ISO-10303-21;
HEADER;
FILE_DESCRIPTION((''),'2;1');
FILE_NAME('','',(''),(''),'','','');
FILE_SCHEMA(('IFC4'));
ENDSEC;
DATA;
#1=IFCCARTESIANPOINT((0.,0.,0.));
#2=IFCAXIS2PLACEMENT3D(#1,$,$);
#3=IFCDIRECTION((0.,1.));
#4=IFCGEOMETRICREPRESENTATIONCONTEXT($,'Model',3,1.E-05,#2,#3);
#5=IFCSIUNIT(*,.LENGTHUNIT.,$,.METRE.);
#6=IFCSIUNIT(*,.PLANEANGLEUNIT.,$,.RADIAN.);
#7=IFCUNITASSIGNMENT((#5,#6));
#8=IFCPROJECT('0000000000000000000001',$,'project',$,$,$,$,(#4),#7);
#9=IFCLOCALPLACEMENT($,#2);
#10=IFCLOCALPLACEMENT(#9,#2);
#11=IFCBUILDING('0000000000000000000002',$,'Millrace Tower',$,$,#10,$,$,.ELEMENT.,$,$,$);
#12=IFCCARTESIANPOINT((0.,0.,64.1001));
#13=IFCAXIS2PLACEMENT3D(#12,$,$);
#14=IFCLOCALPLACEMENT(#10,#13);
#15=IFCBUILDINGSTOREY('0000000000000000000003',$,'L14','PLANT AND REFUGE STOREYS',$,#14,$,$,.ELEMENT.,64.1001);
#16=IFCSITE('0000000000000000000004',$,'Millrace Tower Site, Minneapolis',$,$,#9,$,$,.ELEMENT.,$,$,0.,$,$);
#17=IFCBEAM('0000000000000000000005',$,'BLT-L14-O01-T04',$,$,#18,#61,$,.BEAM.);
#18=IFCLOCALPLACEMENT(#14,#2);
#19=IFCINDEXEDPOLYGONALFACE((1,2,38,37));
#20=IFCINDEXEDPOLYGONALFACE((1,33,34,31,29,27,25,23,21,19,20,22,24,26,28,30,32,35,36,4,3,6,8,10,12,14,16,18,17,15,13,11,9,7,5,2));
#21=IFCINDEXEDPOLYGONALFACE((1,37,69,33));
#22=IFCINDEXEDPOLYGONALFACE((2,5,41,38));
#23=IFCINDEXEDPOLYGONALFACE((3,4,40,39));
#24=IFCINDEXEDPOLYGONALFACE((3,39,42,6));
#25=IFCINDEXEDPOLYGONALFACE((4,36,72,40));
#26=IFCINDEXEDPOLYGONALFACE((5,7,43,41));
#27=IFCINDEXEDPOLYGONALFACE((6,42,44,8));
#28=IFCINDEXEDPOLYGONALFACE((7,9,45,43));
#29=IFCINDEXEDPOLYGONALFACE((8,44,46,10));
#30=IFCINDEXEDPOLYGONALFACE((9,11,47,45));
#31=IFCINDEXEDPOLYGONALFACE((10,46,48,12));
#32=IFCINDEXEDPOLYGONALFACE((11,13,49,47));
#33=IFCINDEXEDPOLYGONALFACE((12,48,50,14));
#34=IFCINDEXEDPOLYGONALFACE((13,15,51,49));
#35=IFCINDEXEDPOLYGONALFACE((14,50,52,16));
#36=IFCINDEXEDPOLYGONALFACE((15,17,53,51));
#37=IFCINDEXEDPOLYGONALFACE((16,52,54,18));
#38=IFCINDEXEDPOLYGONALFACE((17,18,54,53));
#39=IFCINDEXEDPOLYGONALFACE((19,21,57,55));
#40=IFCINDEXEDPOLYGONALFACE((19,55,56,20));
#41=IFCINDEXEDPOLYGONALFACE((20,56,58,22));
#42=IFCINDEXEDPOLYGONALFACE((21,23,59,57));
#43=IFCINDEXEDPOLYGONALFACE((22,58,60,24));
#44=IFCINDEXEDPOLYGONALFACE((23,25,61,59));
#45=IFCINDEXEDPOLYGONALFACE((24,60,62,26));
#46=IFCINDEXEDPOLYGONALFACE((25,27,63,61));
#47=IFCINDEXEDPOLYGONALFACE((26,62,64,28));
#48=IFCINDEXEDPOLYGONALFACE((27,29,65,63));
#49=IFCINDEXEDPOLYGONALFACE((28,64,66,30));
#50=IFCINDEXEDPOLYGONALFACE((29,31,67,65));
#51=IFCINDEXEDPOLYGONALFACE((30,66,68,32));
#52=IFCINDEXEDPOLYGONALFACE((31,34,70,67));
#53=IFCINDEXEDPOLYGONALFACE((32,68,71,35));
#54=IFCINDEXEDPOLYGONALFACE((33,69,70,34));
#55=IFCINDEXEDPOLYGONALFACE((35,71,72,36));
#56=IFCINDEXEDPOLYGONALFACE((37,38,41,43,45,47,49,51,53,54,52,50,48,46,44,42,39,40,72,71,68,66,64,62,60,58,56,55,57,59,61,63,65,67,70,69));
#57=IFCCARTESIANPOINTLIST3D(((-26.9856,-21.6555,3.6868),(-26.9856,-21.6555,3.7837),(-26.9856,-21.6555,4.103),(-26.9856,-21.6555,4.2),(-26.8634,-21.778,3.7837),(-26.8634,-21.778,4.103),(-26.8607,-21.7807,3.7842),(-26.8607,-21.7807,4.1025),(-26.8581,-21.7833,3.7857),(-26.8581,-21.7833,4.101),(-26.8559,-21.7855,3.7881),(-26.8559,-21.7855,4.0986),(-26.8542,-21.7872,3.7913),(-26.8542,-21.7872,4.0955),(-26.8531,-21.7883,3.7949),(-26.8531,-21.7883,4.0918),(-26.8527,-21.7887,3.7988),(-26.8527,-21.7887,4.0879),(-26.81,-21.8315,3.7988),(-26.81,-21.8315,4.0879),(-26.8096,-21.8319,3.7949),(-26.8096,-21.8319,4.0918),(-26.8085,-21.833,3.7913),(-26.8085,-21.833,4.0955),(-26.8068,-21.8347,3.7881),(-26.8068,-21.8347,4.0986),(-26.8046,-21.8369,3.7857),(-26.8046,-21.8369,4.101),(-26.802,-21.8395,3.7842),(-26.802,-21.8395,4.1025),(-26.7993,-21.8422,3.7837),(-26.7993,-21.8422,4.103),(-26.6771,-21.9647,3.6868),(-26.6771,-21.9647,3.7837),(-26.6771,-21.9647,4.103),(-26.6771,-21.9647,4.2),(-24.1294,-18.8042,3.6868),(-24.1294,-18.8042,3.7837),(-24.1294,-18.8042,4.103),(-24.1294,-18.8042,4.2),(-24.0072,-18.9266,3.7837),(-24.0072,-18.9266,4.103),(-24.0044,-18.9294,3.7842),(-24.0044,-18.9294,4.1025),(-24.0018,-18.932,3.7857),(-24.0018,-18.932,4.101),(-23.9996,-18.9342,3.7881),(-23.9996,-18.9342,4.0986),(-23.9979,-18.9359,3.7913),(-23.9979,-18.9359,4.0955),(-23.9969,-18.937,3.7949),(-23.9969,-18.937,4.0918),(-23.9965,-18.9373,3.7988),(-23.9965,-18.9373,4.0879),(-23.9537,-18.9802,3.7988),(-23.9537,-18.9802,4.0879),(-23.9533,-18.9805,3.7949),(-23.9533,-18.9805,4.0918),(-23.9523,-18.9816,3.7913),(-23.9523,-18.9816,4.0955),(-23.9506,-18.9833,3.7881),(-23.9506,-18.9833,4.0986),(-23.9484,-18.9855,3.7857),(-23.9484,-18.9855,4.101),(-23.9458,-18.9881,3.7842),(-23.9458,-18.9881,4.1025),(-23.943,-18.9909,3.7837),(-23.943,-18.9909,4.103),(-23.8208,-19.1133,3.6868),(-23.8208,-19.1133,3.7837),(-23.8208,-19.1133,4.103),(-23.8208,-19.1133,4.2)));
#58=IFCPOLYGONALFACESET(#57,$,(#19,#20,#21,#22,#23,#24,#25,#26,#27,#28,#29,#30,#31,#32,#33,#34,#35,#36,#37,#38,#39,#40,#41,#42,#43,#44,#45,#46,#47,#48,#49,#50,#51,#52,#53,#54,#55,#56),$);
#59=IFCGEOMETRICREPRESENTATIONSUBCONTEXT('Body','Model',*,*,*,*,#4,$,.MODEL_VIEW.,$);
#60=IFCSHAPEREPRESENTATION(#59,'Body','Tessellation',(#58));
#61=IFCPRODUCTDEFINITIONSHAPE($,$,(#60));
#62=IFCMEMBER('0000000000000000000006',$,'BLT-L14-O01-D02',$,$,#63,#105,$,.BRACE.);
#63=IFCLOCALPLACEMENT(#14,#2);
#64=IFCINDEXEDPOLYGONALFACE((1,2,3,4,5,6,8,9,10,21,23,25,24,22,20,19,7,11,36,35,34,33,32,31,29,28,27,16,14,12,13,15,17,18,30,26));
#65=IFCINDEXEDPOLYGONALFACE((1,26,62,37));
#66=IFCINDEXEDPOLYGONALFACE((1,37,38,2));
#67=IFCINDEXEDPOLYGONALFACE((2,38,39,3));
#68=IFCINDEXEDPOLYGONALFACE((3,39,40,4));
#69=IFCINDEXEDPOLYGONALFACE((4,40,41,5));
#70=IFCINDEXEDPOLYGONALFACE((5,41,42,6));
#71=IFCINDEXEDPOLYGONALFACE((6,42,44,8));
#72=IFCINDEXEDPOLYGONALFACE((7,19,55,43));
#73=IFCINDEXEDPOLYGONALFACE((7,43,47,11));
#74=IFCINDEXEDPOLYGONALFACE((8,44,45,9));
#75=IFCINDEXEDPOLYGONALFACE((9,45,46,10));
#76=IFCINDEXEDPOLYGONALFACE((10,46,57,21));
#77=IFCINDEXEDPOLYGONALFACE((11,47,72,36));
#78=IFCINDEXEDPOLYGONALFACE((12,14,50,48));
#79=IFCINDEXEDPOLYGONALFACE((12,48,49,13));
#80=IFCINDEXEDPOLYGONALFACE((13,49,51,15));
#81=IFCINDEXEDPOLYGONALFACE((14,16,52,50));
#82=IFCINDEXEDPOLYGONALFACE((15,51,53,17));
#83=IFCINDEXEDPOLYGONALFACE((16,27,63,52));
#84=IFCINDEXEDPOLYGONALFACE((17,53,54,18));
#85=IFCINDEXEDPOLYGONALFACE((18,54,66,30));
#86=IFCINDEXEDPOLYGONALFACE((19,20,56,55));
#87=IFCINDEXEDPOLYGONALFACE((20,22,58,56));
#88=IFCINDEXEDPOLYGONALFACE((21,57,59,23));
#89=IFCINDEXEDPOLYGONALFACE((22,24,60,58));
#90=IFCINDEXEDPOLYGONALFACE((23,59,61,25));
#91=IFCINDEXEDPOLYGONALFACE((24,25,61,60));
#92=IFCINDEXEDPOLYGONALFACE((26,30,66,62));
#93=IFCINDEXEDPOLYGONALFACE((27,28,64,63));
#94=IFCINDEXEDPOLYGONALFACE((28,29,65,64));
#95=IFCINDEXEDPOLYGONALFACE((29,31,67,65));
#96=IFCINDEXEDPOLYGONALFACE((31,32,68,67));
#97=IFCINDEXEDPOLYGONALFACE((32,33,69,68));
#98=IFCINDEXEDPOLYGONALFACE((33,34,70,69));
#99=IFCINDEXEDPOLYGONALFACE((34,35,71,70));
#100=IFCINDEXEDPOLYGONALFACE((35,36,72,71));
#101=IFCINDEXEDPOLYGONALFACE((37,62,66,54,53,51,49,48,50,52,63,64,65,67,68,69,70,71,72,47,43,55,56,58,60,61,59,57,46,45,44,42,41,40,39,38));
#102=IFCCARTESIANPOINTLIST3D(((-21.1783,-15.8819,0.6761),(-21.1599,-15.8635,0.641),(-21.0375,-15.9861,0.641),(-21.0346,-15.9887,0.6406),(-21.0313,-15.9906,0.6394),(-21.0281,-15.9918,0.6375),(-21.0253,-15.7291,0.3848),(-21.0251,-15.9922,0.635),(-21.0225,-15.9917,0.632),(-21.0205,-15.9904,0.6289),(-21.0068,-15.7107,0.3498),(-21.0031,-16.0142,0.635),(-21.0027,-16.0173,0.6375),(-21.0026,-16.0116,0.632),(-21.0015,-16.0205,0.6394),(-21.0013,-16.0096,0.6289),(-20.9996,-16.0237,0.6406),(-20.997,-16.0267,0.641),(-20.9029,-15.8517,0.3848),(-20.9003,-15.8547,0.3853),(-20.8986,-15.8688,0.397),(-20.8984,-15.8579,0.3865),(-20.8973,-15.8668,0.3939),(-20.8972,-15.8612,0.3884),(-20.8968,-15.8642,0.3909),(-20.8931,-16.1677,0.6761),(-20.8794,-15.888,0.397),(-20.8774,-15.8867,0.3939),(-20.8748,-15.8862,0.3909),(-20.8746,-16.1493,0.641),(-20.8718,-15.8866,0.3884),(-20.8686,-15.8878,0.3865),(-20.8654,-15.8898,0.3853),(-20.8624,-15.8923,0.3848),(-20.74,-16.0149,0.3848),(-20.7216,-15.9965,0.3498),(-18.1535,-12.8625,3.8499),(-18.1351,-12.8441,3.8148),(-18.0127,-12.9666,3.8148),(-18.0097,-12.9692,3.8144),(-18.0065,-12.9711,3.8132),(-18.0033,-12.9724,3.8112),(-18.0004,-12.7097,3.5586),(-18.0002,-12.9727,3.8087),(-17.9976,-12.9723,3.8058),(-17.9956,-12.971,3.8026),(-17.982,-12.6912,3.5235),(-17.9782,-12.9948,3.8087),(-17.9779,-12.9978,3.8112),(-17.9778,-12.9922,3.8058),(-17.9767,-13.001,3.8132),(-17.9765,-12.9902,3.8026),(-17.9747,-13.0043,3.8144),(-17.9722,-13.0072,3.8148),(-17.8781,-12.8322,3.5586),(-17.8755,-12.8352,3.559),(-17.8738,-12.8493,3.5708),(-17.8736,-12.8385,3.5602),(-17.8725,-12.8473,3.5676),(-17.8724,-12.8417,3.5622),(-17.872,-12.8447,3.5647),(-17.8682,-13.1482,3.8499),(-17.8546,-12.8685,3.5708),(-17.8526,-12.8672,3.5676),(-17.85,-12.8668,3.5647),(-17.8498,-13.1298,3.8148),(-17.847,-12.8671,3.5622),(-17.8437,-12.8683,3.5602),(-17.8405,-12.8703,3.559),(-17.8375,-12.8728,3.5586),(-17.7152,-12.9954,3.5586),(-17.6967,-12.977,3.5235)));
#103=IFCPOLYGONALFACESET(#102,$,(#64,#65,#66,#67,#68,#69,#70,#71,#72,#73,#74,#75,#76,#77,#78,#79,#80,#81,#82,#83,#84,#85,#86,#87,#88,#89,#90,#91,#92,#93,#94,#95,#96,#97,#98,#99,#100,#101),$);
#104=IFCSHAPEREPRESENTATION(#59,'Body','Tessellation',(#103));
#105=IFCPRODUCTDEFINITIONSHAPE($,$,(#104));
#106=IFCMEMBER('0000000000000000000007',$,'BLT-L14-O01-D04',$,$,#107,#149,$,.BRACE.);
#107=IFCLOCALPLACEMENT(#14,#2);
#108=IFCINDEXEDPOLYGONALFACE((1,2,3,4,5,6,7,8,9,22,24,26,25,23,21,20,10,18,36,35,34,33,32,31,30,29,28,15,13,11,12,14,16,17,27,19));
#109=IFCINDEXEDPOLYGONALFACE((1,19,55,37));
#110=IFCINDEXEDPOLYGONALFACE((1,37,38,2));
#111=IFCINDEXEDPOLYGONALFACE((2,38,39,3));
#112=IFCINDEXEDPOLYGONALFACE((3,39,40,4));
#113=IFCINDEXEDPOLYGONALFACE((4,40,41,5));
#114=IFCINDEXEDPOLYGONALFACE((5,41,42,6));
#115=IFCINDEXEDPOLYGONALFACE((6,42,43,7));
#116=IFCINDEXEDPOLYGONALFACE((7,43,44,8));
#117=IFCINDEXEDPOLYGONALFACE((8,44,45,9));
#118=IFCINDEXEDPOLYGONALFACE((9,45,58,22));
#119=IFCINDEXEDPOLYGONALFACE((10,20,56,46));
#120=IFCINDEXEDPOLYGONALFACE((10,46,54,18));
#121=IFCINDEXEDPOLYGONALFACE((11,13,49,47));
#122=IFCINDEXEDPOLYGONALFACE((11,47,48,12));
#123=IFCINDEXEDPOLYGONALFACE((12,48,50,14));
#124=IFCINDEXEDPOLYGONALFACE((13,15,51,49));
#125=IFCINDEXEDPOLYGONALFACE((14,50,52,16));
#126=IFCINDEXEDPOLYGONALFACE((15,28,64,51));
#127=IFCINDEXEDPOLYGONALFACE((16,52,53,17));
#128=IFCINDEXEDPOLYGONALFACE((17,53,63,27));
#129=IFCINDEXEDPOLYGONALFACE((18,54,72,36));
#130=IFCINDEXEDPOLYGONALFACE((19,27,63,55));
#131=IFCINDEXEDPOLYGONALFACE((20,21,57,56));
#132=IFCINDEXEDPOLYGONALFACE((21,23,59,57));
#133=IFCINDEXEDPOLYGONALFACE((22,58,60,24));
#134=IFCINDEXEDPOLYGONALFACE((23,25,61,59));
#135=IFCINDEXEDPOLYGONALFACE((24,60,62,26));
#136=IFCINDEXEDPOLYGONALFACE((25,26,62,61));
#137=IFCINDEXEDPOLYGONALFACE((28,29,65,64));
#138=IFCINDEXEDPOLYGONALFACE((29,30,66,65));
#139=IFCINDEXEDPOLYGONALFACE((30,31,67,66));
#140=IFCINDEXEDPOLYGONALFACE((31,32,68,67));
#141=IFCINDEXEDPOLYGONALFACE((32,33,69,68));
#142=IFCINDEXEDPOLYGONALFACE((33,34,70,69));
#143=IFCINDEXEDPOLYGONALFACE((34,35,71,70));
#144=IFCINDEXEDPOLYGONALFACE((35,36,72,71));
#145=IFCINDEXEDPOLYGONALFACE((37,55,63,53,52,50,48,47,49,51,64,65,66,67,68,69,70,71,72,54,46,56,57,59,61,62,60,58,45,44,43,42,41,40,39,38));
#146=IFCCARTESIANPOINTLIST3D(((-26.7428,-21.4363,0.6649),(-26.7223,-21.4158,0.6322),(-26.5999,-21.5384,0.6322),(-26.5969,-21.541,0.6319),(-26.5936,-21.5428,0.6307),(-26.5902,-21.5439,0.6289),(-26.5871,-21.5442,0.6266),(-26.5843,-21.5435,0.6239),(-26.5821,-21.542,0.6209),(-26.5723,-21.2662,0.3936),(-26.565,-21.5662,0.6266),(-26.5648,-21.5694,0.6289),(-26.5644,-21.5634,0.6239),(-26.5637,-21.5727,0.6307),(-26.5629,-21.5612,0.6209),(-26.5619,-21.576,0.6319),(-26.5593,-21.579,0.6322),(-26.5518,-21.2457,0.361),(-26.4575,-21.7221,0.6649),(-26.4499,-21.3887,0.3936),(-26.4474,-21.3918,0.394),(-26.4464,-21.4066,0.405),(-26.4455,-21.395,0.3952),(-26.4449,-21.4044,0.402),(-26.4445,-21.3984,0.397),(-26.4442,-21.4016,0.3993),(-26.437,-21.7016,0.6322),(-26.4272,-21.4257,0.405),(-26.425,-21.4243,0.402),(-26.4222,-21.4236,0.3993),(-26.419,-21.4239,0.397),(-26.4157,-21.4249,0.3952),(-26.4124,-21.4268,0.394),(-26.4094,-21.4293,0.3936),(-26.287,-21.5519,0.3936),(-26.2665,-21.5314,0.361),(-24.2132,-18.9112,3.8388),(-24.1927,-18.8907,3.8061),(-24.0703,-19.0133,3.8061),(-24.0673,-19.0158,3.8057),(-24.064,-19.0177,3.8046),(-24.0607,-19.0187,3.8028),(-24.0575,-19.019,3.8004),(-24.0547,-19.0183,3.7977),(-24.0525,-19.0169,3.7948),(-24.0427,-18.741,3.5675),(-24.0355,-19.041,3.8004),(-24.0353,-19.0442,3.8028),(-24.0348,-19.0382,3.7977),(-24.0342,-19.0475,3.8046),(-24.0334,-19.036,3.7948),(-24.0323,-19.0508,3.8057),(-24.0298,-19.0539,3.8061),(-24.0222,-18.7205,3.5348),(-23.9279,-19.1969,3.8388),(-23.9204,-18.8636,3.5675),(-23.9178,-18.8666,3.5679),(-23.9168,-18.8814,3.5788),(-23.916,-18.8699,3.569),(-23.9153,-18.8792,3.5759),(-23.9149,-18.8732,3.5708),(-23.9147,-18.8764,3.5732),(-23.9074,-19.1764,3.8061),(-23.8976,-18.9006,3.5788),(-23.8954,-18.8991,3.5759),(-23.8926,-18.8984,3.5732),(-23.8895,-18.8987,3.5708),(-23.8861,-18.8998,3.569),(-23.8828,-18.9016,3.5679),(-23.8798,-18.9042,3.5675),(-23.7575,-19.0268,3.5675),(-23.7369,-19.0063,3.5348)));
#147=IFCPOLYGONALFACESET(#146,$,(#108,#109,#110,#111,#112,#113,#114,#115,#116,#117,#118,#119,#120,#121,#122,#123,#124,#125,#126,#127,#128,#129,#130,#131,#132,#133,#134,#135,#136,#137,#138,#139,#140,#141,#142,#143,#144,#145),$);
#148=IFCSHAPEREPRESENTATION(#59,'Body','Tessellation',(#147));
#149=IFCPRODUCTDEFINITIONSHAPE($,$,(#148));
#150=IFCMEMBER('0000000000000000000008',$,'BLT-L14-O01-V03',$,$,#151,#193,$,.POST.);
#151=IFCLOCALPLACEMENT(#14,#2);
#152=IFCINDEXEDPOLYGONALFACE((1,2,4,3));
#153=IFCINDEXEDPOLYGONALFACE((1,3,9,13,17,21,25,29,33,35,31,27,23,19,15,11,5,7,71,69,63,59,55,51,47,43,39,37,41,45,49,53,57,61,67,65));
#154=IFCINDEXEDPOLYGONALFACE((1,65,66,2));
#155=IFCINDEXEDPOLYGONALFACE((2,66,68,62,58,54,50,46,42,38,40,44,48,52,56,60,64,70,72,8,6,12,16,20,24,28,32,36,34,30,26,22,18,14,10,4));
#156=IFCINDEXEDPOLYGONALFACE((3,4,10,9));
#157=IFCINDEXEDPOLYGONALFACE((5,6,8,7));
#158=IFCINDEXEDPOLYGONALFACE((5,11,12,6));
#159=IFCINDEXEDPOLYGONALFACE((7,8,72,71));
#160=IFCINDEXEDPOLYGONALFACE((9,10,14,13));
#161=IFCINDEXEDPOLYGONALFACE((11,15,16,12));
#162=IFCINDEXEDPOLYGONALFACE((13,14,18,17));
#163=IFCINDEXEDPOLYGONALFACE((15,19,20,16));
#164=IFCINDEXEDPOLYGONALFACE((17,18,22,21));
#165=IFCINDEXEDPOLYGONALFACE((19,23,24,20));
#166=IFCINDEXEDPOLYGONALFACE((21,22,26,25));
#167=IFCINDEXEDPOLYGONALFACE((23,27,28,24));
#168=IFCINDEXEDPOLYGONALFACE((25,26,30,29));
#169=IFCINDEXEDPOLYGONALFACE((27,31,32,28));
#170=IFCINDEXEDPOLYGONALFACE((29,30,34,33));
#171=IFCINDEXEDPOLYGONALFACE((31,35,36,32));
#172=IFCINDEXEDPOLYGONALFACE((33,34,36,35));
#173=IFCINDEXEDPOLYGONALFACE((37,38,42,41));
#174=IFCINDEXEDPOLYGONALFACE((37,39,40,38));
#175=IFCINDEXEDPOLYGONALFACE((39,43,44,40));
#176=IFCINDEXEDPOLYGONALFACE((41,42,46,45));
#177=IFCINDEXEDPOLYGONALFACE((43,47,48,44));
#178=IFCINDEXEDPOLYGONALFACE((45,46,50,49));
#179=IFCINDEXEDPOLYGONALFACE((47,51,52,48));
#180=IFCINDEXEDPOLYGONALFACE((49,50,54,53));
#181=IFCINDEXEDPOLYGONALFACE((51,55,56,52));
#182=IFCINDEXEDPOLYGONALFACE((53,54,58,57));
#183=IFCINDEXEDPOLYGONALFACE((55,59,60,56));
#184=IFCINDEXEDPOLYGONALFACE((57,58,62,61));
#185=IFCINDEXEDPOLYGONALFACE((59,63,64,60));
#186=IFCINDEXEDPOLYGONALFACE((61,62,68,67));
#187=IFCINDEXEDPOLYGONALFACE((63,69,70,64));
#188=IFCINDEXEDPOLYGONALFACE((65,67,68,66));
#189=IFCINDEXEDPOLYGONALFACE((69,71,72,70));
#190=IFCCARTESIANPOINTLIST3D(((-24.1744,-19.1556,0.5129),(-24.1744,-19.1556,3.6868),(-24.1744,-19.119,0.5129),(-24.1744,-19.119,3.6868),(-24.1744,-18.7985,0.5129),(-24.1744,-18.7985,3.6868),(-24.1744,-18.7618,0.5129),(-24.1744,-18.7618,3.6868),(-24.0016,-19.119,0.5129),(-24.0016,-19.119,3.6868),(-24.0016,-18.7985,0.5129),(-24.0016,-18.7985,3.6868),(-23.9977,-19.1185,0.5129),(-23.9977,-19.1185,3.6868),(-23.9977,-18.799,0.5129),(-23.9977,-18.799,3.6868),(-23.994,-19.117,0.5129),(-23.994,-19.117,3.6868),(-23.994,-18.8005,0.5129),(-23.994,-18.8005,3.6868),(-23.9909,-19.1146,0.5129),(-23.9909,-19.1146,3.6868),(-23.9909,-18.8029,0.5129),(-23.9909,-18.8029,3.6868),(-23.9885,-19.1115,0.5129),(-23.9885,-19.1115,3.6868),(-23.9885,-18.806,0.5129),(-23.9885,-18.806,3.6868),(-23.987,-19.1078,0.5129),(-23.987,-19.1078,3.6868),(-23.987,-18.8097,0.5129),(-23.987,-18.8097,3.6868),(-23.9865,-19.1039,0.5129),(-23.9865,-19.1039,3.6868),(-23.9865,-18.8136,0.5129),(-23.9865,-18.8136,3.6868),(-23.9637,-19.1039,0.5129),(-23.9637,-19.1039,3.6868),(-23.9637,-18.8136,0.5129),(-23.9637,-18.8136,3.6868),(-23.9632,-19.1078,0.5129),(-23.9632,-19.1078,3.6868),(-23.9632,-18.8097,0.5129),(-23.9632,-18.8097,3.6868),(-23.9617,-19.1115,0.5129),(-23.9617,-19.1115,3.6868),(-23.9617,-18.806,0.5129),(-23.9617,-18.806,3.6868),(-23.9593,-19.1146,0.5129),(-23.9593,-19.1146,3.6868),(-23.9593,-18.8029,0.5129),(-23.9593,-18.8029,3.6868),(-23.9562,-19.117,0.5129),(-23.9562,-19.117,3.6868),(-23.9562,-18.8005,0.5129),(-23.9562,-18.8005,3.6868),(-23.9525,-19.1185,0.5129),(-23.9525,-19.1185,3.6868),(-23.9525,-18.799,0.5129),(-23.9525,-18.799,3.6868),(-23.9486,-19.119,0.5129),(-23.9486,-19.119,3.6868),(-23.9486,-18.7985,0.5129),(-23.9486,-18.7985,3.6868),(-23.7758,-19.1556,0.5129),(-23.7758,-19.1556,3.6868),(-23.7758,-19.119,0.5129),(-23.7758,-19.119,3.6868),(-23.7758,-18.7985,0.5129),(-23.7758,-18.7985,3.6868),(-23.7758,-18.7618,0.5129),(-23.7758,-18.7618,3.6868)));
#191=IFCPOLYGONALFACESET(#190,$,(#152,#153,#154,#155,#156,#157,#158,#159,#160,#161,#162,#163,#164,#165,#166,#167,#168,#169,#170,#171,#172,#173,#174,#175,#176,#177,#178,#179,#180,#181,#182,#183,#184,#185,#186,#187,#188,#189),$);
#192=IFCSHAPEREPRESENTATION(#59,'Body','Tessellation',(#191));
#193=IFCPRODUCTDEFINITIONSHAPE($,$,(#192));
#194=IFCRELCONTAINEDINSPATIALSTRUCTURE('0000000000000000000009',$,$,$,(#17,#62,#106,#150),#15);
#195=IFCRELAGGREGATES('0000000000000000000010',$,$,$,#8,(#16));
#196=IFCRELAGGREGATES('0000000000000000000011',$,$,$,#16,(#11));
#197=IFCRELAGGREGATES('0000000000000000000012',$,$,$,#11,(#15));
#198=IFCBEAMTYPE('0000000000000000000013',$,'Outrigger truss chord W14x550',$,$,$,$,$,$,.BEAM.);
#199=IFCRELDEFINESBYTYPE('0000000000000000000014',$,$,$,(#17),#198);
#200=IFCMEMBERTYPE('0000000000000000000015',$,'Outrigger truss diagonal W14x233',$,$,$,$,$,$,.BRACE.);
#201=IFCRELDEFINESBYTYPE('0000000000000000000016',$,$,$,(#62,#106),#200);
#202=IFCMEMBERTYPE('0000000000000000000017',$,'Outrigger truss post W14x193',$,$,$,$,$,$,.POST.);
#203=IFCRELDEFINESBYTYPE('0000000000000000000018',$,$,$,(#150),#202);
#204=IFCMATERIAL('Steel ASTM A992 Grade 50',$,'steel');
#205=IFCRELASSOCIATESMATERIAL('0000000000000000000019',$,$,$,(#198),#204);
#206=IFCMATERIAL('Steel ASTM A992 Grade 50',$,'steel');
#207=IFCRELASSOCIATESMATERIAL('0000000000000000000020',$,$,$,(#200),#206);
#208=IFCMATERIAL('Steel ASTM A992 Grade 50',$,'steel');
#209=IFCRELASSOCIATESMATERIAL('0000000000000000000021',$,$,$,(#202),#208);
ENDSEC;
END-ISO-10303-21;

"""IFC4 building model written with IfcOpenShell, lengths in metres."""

from ifc_helpers import new_model, si_unit, direction, frame, origin, origin_2d, place, context, subcontext, project, spatial, i_section, extrude, material, material_profile, profile_set, type_object, element, save


model = new_model("IFC4")

# Units and contexts
model_context = context("Model", 3, precision=1e-05, world=origin(), true_north=direction((0.0, 1.0)))
body_context = subcontext(model_context, "Body", "Model", "MODEL_VIEW")
ifc_project = project(units=[si_unit("LENGTHUNIT", "METRE"), si_unit("PLANEANGLEUNIT", "RADIAN")], contexts=[model_context])

# Site, building, storey
site_placement = place(None, origin())
site = spatial("IfcSite", under=ifc_project, at=site_placement, Name="Millrace Tower Site, Minneapolis", CompositionType="ELEMENT", RefElevation=0.0)
building_placement = place(site_placement, origin())
building = spatial("IfcBuilding", under=site, at=building_placement, Name="Millrace Tower", CompositionType="ELEMENT")
storey_placement = place(building_placement, frame((0.0, 0.0, 64.1001)))
storey = spatial("IfcBuildingStorey", under=building, at=storey_placement, Name="L14", Description="PLANT AND REFUGE STOREYS", CompositionType="ELEMENT", Elevation=64.1001)

# Beam
ifc_material_1 = material(Name="Steel ASTM A992 Grade 50", Category="steel")
ifc_material_profile_1 = material_profile(ifc_material_1, i_section(OverallWidth=0.4368, OverallDepth=0.5132, WebThickness=0.0605, FlangeThickness=0.0969, FilletRadius=0.0151, at=origin_2d()))
ifc_profile_set_1 = profile_set([ifc_material_profile_1], Name="Steel ASTM A992 Grade 50")
beam_type_1 = type_object("IfcBeamType", Name="Outrigger truss chord W14x550", PredefinedType="BEAM", material=ifc_profile_set_1)
beam_1_placement = place(storey_placement, frame((-23.9751, -18.9587, 3.9434), z_axis=(-0.707711, -0.706502, 0.0), x_axis=(0.706502, -0.707711, 0.0)))
element("IfcBeam", 1, at=beam_1_placement, inside=storey, type_object=beam_type_1, Name="BLT-L14-O01-T04", PredefinedType="BEAM", context=body_context, shape_type="SweptSolid", body=[
    extrude(i_section(OverallWidth=0.4368, OverallDepth=0.5132, WebThickness=0.0605, FlangeThickness=0.0969, FilletRadius=0.0151, at=origin_2d()), origin(), (0.0, 0.0, 1.0), 4.0359),
])

# Members
ifc_material_2 = material(Name="Steel ASTM A992 Grade 50", Category="steel")
ifc_material_profile_2 = material_profile(ifc_material_2, i_section(OverallWidth=0.4038, OverallDepth=0.4065, WebThickness=0.0271, FlangeThickness=0.0437, FilletRadius=0.0151, at=origin_2d()))
ifc_profile_set_2 = profile_set([ifc_material_profile_2], Name="Steel ASTM A992 Grade 50")
member_type_1 = type_object("IfcMemberType", Name="Outrigger truss diagonal W14x233", PredefinedType="BRACE", material=ifc_profile_set_2)
member_1_placement = place(storey_placement, frame((-20.95, -15.9392, 0.5129), z_axis=(0.568205, 0.567197, 0.59618), x_axis=(-0.706478, 0.707735, 0.0)))
element("IfcMember", 2, at=member_1_placement, inside=storey, type_object=member_type_1, Name="BLT-L14-O01-D02", PredefinedType="BRACE", context=body_context, shape_type="SweptSolid", body=[
    extrude(i_section(OverallWidth=0.4038, OverallDepth=0.4065, WebThickness=0.0271, FlangeThickness=0.0437, FilletRadius=0.0151, at=origin_2d()), origin(), (0.0, 0.0, 1.0), 5.3235),
])
member_2_placement = place(storey_placement, frame((-26.5046, -21.4839, 0.5129), z_axis=(0.529196, 0.528276, 0.663985), x_axis=(-0.706492, 0.707721, 0.0)))
element("IfcMember", 3, at=member_2_placement, inside=storey, type_object=member_type_1, Name="BLT-L14-O01-D04", PredefinedType="BRACE", context=body_context, shape_type="SweptSolid", body=[
    extrude(i_section(OverallWidth=0.4038, OverallDepth=0.4065, WebThickness=0.0271, FlangeThickness=0.0437, FilletRadius=0.0151, at=origin_2d()), origin(), (0.0, 0.0, 1.0), 4.78),
])
ifc_material_3 = material(Name="Steel ASTM A992 Grade 50", Category="steel")
ifc_material_profile_3 = material_profile(ifc_material_3, i_section(OverallWidth=0.3987, OverallDepth=0.3938, WebThickness=0.0227, FlangeThickness=0.0366, FilletRadius=0.0151, at=origin_2d()))
ifc_profile_set_3 = profile_set([ifc_material_profile_3], Name="Steel ASTM A992 Grade 50")
member_type_2 = type_object("IfcMemberType", Name="Outrigger truss post W14x193", PredefinedType="POST", material=ifc_profile_set_3)
member_3_placement = place(storey_placement, frame((-23.9751, -18.9587, 0.5129), z_axis=(0.0, 0.0, 1.0), x_axis=(1.0, 0.0, 0.0)))
element("IfcMember", 4, at=member_3_placement, inside=storey, type_object=member_type_2, Name="BLT-L14-O01-V03", PredefinedType="POST", context=body_context, shape_type="SweptSolid", body=[
    extrude(i_section(OverallWidth=0.3987, OverallDepth=0.3938, WebThickness=0.0227, FlangeThickness=0.0366, FilletRadius=0.0151, at=origin_2d()), origin(), (0.0, 0.0, 1.0), 3.1738),
])

save(model, "model.ifc")
